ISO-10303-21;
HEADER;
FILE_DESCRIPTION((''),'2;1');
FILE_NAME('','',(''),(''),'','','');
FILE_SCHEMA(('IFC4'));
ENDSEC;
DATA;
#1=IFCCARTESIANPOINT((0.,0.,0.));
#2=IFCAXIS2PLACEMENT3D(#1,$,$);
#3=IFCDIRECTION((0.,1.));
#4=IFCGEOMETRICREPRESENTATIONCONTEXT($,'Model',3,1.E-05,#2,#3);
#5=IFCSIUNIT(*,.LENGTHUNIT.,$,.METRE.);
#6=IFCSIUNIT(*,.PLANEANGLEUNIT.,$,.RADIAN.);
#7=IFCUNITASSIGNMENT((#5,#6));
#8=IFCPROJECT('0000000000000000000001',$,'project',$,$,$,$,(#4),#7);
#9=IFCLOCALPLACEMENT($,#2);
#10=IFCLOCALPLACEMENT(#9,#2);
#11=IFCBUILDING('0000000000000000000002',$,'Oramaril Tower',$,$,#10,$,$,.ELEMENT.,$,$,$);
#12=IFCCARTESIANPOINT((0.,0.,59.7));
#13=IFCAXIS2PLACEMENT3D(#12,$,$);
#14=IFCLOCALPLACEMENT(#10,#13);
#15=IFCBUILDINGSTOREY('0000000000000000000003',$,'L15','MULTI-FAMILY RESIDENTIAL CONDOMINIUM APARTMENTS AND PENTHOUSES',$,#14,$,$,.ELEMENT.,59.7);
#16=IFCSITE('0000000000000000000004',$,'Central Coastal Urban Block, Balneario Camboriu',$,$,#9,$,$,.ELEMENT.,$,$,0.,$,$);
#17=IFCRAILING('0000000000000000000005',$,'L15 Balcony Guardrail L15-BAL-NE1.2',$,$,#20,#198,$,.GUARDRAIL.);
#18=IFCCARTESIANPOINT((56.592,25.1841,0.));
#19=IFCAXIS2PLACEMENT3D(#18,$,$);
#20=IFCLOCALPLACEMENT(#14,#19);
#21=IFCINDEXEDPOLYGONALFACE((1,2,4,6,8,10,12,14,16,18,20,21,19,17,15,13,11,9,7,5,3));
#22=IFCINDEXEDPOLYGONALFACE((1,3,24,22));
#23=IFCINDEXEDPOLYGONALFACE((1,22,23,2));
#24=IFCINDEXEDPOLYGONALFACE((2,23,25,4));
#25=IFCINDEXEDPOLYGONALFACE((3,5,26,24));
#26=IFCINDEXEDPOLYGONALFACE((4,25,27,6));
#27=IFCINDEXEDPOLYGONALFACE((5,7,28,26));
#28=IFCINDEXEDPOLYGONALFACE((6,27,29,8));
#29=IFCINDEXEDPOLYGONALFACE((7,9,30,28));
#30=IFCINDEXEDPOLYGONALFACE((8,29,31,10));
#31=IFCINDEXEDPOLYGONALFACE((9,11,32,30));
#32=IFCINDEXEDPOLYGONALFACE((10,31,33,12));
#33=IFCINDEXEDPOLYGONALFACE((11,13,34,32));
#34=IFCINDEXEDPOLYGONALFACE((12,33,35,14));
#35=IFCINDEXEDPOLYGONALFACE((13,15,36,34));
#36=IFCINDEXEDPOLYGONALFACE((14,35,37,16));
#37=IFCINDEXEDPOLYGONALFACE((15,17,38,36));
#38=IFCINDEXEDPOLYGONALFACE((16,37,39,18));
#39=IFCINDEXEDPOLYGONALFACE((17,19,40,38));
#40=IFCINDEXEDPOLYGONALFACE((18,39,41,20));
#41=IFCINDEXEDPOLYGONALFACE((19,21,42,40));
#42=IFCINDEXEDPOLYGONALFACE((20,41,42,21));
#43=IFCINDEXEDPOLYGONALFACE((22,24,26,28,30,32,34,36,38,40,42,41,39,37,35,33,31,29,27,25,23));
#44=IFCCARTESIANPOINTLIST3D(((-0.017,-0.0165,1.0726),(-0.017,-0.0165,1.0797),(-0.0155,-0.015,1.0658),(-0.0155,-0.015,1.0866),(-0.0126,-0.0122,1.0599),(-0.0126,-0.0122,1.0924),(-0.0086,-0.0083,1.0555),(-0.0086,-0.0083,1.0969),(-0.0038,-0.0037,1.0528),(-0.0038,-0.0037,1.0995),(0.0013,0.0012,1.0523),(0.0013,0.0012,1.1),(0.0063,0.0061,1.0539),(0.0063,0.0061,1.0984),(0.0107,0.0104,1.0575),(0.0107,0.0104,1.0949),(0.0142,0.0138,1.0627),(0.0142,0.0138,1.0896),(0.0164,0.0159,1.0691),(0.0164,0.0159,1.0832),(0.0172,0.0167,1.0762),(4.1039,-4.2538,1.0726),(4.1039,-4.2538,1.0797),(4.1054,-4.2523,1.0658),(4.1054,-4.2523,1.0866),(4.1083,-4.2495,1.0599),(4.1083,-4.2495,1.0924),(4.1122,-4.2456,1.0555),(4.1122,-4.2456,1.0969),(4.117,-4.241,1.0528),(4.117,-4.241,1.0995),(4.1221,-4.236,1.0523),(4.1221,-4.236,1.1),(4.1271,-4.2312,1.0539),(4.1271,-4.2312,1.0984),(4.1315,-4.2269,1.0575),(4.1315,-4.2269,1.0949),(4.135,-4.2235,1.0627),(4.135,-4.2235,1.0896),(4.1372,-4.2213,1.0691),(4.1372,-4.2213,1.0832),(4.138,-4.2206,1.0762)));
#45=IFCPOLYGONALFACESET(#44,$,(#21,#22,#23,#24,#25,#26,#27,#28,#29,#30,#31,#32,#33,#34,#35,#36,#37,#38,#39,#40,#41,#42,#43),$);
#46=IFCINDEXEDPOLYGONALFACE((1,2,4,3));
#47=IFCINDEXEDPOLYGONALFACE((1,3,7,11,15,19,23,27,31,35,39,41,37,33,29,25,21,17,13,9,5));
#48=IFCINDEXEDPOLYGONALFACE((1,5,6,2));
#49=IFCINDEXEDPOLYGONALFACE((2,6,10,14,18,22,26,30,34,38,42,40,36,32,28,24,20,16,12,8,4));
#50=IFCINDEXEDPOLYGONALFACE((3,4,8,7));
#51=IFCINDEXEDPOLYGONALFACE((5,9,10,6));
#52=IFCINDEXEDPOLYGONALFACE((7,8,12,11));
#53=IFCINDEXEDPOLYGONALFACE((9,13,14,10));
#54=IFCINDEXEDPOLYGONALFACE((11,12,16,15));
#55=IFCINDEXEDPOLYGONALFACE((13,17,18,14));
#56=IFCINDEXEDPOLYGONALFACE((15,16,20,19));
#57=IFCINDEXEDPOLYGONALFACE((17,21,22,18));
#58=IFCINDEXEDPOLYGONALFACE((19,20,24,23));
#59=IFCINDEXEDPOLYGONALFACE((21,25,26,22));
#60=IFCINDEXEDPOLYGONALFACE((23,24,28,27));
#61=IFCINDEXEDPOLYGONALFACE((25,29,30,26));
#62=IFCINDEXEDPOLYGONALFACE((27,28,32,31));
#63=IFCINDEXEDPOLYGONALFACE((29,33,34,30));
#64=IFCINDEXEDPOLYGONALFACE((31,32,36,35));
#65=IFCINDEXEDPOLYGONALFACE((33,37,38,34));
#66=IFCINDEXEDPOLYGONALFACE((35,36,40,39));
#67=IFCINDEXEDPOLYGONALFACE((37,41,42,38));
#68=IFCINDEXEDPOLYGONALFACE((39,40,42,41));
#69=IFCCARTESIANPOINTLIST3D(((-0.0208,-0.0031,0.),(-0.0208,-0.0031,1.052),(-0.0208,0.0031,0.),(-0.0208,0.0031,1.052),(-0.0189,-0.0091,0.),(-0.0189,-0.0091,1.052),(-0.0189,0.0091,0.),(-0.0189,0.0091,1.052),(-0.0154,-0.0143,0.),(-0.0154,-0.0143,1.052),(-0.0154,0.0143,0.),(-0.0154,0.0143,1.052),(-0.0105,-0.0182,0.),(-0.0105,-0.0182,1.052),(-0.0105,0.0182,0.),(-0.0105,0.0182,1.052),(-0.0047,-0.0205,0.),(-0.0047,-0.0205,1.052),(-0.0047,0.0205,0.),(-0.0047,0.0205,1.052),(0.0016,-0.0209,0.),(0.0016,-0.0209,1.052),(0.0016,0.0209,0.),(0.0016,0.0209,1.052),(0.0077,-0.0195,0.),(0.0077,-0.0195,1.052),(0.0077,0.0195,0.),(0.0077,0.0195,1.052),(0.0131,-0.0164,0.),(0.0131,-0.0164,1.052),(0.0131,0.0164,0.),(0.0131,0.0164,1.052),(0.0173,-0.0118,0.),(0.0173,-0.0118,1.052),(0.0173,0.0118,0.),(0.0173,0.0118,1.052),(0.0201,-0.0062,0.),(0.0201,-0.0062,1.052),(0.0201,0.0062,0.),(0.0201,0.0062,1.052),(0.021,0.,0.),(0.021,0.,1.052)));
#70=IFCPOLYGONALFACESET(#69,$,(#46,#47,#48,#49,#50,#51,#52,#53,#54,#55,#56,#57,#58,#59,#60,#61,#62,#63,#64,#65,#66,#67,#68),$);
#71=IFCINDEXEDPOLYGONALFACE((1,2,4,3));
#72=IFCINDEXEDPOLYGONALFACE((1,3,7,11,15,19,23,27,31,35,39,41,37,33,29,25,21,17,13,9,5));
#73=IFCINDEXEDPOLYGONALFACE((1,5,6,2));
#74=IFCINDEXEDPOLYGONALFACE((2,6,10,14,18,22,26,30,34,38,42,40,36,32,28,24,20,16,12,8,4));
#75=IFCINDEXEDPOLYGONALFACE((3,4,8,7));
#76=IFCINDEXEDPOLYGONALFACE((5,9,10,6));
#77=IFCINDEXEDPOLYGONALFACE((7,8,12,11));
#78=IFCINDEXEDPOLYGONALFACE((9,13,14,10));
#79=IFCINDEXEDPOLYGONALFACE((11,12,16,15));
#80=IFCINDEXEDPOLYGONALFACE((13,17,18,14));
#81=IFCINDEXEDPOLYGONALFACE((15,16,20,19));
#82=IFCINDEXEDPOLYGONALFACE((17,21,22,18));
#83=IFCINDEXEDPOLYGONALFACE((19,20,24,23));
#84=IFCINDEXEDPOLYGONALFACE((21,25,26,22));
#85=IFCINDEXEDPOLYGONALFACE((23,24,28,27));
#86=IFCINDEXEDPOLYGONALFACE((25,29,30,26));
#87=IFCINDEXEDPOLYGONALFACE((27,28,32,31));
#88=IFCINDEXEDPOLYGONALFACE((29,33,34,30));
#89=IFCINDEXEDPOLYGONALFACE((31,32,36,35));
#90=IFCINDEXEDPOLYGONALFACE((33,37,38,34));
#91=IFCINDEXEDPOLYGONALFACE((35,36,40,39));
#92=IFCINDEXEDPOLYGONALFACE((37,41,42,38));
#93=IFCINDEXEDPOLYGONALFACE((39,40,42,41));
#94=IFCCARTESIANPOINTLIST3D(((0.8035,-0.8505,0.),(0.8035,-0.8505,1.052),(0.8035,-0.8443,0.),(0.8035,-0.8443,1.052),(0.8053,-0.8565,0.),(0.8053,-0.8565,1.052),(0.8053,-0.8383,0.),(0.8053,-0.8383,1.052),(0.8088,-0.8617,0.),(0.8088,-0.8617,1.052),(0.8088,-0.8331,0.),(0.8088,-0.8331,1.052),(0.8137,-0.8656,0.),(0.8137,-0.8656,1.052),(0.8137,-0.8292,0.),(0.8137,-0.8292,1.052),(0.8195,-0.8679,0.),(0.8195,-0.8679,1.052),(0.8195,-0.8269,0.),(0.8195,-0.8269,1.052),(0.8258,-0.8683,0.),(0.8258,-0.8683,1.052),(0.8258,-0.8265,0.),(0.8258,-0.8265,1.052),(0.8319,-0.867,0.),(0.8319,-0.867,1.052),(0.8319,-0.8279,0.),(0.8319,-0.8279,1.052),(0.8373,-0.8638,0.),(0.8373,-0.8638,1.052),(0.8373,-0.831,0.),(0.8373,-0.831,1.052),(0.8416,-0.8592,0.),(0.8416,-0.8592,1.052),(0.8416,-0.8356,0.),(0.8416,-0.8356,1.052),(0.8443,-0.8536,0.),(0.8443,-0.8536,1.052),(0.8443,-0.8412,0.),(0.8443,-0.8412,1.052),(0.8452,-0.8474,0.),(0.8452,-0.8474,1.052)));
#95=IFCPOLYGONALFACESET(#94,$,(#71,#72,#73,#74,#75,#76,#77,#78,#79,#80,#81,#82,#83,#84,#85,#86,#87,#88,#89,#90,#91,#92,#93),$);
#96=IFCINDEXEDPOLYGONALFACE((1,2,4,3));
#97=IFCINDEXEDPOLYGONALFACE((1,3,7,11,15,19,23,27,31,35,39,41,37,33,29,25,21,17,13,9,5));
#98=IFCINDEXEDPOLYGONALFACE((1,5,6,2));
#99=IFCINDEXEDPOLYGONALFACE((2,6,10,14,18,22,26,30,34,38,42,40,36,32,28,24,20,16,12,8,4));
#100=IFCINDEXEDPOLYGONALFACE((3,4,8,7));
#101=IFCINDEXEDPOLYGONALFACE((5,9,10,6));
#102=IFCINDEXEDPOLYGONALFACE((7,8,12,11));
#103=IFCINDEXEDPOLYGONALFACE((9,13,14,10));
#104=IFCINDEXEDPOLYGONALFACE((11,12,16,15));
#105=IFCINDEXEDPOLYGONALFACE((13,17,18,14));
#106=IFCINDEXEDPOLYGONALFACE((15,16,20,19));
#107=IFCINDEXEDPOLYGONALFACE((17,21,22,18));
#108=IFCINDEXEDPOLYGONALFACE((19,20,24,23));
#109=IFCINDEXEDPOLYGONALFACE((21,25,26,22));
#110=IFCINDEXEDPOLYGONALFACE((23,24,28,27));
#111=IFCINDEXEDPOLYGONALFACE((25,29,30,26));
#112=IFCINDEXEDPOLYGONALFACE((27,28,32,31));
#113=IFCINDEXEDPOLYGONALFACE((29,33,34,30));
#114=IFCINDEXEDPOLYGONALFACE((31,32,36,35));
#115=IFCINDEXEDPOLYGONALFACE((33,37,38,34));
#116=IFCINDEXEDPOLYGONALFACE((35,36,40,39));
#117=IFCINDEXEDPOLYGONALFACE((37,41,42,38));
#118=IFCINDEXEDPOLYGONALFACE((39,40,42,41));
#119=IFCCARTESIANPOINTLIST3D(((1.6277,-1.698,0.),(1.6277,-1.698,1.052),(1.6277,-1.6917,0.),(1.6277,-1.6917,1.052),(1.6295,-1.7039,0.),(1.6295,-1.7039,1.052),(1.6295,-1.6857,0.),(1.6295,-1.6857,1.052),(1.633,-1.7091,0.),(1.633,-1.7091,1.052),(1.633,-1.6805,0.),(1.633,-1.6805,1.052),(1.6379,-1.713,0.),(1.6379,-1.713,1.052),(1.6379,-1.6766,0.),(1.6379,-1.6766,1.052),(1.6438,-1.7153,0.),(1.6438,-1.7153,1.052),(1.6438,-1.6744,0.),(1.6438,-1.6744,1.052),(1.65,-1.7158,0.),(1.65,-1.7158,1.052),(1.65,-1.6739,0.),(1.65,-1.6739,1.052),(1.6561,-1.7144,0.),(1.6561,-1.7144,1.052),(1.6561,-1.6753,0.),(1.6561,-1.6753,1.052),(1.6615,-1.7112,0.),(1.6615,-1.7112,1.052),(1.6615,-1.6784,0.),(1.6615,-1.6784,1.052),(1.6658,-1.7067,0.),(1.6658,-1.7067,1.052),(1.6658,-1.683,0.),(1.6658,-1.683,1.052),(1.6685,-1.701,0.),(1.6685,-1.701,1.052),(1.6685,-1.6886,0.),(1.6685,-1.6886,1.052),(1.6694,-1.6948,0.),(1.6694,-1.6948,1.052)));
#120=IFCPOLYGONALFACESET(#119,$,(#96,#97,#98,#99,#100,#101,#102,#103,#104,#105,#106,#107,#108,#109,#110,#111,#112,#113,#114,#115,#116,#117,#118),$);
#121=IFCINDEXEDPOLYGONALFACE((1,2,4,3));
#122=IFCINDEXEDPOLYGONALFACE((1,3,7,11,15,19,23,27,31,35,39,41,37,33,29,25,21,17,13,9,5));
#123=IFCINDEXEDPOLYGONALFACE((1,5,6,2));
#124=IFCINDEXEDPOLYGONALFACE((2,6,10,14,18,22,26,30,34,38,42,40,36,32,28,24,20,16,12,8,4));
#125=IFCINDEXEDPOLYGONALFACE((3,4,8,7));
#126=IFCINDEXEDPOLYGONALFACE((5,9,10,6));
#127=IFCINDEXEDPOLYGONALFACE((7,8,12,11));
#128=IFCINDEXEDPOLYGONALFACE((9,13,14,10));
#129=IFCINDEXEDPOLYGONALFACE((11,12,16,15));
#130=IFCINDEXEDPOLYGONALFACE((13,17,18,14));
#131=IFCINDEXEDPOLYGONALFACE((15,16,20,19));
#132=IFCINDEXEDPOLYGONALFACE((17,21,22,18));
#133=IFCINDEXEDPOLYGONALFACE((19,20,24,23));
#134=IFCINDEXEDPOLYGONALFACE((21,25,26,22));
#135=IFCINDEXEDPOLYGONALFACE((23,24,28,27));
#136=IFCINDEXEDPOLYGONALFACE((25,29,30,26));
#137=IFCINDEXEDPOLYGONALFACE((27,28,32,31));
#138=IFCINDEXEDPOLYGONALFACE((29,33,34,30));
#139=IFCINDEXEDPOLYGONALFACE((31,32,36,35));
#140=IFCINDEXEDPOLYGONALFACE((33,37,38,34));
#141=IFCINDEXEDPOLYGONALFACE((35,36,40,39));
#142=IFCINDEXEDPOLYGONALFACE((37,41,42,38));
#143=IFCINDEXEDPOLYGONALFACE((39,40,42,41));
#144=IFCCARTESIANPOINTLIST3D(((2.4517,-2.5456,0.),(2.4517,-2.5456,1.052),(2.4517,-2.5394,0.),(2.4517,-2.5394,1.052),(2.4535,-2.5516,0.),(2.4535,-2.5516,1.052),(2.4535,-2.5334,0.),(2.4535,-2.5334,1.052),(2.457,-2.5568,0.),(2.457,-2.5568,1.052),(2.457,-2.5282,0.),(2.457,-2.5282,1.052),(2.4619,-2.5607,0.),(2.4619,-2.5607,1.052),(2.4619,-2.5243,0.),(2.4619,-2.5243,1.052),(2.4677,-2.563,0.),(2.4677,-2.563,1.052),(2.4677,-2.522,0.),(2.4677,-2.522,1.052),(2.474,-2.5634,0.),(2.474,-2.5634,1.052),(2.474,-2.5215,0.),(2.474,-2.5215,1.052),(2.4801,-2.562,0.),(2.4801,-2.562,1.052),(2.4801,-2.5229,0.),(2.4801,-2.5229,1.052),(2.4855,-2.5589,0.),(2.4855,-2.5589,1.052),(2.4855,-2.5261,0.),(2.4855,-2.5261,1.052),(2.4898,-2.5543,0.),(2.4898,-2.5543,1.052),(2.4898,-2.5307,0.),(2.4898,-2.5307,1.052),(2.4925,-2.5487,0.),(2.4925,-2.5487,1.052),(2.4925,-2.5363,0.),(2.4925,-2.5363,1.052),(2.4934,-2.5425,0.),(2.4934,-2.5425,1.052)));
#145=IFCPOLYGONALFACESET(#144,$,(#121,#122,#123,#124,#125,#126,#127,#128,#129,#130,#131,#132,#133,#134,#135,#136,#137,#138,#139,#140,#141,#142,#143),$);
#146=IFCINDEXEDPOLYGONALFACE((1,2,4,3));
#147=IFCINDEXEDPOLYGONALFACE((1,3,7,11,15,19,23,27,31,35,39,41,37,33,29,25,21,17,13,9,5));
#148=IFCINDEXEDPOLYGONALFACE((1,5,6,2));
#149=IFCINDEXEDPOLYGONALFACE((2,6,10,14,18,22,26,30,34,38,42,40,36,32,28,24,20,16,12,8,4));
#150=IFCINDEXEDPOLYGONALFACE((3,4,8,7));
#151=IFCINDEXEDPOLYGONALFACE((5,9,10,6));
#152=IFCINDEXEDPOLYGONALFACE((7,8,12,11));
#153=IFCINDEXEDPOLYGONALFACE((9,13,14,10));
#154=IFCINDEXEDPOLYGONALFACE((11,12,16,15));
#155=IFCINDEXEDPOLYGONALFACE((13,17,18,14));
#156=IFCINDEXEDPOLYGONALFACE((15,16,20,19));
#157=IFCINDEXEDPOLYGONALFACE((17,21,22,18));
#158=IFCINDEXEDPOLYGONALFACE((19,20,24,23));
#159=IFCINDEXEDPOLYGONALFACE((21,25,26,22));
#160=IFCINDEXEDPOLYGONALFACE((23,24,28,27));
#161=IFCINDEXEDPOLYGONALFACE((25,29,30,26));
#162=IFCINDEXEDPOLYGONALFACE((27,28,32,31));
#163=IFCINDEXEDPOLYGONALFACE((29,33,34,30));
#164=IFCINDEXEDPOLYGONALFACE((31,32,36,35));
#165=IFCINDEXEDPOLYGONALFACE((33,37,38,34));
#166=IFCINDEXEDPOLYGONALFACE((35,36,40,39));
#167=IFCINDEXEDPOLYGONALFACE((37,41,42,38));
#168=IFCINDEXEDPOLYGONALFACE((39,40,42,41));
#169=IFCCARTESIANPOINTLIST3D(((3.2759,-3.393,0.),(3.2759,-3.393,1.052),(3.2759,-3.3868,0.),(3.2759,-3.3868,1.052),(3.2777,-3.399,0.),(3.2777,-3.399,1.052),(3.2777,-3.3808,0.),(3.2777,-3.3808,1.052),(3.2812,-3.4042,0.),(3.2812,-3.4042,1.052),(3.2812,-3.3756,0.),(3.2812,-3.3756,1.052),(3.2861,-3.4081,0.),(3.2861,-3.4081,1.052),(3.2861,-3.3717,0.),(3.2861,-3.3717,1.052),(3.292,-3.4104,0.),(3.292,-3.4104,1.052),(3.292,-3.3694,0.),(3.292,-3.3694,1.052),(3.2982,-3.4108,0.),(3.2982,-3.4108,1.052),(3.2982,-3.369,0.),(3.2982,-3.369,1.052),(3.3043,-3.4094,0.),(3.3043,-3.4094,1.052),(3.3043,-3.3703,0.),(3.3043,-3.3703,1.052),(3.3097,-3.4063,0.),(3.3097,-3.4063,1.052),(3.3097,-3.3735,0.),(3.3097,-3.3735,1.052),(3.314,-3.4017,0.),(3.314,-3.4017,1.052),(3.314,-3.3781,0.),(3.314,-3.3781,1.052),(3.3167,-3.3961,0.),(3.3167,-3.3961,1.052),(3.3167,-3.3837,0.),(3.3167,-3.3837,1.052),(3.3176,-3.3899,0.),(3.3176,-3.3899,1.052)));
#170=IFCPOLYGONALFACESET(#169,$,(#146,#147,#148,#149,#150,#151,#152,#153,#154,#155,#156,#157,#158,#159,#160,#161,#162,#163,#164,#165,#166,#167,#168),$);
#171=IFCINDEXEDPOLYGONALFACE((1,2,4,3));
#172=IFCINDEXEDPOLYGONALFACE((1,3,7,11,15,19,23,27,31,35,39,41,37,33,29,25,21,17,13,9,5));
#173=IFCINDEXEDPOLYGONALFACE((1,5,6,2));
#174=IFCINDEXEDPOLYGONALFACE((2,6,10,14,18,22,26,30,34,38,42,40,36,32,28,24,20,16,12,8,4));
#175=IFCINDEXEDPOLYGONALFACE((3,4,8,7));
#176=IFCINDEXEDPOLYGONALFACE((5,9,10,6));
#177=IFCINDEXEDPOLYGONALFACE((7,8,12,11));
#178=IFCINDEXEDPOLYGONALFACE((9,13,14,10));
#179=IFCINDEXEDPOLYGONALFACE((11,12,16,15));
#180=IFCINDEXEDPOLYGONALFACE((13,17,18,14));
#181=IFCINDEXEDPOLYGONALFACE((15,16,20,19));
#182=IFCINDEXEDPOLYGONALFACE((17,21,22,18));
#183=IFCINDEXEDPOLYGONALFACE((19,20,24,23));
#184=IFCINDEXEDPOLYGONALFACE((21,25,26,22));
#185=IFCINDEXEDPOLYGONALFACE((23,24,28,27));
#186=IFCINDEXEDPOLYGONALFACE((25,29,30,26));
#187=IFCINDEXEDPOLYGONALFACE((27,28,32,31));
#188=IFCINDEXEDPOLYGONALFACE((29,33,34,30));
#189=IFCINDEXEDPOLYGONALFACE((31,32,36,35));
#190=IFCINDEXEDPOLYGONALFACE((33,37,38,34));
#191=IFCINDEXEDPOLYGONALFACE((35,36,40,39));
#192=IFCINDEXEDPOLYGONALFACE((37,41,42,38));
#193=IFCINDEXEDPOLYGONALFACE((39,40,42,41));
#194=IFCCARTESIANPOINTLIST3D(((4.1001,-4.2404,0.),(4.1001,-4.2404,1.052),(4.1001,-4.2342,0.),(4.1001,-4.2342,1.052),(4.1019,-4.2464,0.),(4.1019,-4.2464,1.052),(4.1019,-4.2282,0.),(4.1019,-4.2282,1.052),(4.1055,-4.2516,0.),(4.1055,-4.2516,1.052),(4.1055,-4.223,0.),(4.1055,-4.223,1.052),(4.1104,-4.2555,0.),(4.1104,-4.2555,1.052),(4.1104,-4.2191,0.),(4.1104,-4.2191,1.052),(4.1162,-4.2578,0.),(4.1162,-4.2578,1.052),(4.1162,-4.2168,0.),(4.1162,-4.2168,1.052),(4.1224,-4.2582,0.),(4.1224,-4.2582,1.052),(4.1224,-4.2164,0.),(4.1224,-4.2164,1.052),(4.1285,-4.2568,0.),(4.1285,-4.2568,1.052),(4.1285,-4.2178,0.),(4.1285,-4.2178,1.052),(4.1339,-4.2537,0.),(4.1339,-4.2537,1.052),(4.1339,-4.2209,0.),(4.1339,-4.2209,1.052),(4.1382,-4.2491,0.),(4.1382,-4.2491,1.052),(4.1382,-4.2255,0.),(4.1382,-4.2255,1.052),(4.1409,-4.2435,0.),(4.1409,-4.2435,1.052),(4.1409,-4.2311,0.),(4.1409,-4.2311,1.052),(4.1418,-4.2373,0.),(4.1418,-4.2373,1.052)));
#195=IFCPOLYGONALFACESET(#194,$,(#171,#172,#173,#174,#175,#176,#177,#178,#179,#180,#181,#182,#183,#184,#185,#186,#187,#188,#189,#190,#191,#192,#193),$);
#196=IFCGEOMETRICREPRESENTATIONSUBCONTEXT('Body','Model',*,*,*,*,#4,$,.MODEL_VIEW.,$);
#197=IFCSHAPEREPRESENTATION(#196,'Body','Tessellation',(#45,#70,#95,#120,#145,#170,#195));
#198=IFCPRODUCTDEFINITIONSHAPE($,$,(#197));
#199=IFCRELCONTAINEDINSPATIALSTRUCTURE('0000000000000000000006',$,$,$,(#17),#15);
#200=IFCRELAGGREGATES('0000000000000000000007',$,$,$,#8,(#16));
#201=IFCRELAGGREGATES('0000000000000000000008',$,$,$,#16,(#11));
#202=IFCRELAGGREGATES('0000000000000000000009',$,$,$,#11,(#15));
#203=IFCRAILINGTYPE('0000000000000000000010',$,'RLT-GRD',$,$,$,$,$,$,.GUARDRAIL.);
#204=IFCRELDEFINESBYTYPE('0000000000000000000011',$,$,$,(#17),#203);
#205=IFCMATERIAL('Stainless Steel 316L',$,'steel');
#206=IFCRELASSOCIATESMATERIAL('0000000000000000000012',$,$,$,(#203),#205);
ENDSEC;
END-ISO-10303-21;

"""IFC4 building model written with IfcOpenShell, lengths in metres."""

from ifc_helpers import new_model, si_unit, direction, frame, origin, origin_2d, place, context, subcontext, project, spatial, circle, extrude, material, type_object, element, save


model = new_model("IFC4")

# Units and contexts
model_context = context("Model", 3, precision=1e-05, world=origin(), true_north=direction((0.0, 1.0)))
body_context = subcontext(model_context, "Body", "Model", "MODEL_VIEW")
ifc_project = project(units=[si_unit("LENGTHUNIT", "METRE"), si_unit("PLANEANGLEUNIT", "RADIAN")], contexts=[model_context])

# Site, building, storey
site_placement = place(None, origin())
site = spatial("IfcSite", under=ifc_project, at=site_placement, Name="Central Coastal Urban Block, Balneario Camboriu", CompositionType="ELEMENT", RefElevation=0.0)
building_placement = place(site_placement, origin())
building = spatial("IfcBuilding", under=site, at=building_placement, Name="Oramaril Tower", CompositionType="ELEMENT")
storey_placement = place(building_placement, frame((0.0, 0.0, 59.7)))
storey = spatial("IfcBuildingStorey", under=building, at=storey_placement, Name="L15", Description="MULTI-FAMILY RESIDENTIAL CONDOMINIUM APARTMENTS AND PENTHOUSES", CompositionType="ELEMENT", Elevation=59.7)

# Railing
ifc_material_1 = material(Name="Stainless Steel 316L", Category="steel")
railing_type = type_object("IfcRailingType", Name="RLT-GRD", PredefinedType="GUARDRAIL", material=ifc_material_1)
railing_1_placement = place(storey_placement, frame((56.592, 25.1841, 0.0)))
element("IfcRailing", 1, at=railing_1_placement, inside=storey, type_object=railing_type, Name="L15 Balcony Guardrail L15-BAL-NE1.2", PredefinedType="GUARDRAIL", context=body_context, shape_type="SweptSolid", body=[
    extrude(circle(Radius=0.0239, at=origin_2d()), frame((0.0, 0.0, 1.0762), z_axis=(0.697187, -0.716889, 0.0), x_axis=(0.716889, 0.697187, 0.0)), (0.0, 0.0, 1.0), 5.9106),
    extrude(circle(Radius=0.021, at=origin_2d()), origin(), (0.0, 0.0, 1.0), 1.052),
    extrude(circle(Radius=0.021, at=origin_2d()), frame((0.8242, -0.8474, 0.0)), (0.0, 0.0, 1.0), 1.052),
    extrude(circle(Radius=0.021, at=origin_2d()), frame((1.6484, -1.6948, 0.0)), (0.0, 0.0, 1.0), 1.052),
    extrude(circle(Radius=0.021, at=origin_2d()), frame((2.4724, -2.5425, 0.0)), (0.0, 0.0, 1.0), 1.052),
    extrude(circle(Radius=0.021, at=origin_2d()), frame((3.2966, -3.3899, 0.0)), (0.0, 0.0, 1.0), 1.052),
    extrude(circle(Radius=0.021, at=origin_2d()), frame((4.1208, -4.2373, 0.0)), (0.0, 0.0, 1.0), 1.052),
])

save(model, "model.ifc")
